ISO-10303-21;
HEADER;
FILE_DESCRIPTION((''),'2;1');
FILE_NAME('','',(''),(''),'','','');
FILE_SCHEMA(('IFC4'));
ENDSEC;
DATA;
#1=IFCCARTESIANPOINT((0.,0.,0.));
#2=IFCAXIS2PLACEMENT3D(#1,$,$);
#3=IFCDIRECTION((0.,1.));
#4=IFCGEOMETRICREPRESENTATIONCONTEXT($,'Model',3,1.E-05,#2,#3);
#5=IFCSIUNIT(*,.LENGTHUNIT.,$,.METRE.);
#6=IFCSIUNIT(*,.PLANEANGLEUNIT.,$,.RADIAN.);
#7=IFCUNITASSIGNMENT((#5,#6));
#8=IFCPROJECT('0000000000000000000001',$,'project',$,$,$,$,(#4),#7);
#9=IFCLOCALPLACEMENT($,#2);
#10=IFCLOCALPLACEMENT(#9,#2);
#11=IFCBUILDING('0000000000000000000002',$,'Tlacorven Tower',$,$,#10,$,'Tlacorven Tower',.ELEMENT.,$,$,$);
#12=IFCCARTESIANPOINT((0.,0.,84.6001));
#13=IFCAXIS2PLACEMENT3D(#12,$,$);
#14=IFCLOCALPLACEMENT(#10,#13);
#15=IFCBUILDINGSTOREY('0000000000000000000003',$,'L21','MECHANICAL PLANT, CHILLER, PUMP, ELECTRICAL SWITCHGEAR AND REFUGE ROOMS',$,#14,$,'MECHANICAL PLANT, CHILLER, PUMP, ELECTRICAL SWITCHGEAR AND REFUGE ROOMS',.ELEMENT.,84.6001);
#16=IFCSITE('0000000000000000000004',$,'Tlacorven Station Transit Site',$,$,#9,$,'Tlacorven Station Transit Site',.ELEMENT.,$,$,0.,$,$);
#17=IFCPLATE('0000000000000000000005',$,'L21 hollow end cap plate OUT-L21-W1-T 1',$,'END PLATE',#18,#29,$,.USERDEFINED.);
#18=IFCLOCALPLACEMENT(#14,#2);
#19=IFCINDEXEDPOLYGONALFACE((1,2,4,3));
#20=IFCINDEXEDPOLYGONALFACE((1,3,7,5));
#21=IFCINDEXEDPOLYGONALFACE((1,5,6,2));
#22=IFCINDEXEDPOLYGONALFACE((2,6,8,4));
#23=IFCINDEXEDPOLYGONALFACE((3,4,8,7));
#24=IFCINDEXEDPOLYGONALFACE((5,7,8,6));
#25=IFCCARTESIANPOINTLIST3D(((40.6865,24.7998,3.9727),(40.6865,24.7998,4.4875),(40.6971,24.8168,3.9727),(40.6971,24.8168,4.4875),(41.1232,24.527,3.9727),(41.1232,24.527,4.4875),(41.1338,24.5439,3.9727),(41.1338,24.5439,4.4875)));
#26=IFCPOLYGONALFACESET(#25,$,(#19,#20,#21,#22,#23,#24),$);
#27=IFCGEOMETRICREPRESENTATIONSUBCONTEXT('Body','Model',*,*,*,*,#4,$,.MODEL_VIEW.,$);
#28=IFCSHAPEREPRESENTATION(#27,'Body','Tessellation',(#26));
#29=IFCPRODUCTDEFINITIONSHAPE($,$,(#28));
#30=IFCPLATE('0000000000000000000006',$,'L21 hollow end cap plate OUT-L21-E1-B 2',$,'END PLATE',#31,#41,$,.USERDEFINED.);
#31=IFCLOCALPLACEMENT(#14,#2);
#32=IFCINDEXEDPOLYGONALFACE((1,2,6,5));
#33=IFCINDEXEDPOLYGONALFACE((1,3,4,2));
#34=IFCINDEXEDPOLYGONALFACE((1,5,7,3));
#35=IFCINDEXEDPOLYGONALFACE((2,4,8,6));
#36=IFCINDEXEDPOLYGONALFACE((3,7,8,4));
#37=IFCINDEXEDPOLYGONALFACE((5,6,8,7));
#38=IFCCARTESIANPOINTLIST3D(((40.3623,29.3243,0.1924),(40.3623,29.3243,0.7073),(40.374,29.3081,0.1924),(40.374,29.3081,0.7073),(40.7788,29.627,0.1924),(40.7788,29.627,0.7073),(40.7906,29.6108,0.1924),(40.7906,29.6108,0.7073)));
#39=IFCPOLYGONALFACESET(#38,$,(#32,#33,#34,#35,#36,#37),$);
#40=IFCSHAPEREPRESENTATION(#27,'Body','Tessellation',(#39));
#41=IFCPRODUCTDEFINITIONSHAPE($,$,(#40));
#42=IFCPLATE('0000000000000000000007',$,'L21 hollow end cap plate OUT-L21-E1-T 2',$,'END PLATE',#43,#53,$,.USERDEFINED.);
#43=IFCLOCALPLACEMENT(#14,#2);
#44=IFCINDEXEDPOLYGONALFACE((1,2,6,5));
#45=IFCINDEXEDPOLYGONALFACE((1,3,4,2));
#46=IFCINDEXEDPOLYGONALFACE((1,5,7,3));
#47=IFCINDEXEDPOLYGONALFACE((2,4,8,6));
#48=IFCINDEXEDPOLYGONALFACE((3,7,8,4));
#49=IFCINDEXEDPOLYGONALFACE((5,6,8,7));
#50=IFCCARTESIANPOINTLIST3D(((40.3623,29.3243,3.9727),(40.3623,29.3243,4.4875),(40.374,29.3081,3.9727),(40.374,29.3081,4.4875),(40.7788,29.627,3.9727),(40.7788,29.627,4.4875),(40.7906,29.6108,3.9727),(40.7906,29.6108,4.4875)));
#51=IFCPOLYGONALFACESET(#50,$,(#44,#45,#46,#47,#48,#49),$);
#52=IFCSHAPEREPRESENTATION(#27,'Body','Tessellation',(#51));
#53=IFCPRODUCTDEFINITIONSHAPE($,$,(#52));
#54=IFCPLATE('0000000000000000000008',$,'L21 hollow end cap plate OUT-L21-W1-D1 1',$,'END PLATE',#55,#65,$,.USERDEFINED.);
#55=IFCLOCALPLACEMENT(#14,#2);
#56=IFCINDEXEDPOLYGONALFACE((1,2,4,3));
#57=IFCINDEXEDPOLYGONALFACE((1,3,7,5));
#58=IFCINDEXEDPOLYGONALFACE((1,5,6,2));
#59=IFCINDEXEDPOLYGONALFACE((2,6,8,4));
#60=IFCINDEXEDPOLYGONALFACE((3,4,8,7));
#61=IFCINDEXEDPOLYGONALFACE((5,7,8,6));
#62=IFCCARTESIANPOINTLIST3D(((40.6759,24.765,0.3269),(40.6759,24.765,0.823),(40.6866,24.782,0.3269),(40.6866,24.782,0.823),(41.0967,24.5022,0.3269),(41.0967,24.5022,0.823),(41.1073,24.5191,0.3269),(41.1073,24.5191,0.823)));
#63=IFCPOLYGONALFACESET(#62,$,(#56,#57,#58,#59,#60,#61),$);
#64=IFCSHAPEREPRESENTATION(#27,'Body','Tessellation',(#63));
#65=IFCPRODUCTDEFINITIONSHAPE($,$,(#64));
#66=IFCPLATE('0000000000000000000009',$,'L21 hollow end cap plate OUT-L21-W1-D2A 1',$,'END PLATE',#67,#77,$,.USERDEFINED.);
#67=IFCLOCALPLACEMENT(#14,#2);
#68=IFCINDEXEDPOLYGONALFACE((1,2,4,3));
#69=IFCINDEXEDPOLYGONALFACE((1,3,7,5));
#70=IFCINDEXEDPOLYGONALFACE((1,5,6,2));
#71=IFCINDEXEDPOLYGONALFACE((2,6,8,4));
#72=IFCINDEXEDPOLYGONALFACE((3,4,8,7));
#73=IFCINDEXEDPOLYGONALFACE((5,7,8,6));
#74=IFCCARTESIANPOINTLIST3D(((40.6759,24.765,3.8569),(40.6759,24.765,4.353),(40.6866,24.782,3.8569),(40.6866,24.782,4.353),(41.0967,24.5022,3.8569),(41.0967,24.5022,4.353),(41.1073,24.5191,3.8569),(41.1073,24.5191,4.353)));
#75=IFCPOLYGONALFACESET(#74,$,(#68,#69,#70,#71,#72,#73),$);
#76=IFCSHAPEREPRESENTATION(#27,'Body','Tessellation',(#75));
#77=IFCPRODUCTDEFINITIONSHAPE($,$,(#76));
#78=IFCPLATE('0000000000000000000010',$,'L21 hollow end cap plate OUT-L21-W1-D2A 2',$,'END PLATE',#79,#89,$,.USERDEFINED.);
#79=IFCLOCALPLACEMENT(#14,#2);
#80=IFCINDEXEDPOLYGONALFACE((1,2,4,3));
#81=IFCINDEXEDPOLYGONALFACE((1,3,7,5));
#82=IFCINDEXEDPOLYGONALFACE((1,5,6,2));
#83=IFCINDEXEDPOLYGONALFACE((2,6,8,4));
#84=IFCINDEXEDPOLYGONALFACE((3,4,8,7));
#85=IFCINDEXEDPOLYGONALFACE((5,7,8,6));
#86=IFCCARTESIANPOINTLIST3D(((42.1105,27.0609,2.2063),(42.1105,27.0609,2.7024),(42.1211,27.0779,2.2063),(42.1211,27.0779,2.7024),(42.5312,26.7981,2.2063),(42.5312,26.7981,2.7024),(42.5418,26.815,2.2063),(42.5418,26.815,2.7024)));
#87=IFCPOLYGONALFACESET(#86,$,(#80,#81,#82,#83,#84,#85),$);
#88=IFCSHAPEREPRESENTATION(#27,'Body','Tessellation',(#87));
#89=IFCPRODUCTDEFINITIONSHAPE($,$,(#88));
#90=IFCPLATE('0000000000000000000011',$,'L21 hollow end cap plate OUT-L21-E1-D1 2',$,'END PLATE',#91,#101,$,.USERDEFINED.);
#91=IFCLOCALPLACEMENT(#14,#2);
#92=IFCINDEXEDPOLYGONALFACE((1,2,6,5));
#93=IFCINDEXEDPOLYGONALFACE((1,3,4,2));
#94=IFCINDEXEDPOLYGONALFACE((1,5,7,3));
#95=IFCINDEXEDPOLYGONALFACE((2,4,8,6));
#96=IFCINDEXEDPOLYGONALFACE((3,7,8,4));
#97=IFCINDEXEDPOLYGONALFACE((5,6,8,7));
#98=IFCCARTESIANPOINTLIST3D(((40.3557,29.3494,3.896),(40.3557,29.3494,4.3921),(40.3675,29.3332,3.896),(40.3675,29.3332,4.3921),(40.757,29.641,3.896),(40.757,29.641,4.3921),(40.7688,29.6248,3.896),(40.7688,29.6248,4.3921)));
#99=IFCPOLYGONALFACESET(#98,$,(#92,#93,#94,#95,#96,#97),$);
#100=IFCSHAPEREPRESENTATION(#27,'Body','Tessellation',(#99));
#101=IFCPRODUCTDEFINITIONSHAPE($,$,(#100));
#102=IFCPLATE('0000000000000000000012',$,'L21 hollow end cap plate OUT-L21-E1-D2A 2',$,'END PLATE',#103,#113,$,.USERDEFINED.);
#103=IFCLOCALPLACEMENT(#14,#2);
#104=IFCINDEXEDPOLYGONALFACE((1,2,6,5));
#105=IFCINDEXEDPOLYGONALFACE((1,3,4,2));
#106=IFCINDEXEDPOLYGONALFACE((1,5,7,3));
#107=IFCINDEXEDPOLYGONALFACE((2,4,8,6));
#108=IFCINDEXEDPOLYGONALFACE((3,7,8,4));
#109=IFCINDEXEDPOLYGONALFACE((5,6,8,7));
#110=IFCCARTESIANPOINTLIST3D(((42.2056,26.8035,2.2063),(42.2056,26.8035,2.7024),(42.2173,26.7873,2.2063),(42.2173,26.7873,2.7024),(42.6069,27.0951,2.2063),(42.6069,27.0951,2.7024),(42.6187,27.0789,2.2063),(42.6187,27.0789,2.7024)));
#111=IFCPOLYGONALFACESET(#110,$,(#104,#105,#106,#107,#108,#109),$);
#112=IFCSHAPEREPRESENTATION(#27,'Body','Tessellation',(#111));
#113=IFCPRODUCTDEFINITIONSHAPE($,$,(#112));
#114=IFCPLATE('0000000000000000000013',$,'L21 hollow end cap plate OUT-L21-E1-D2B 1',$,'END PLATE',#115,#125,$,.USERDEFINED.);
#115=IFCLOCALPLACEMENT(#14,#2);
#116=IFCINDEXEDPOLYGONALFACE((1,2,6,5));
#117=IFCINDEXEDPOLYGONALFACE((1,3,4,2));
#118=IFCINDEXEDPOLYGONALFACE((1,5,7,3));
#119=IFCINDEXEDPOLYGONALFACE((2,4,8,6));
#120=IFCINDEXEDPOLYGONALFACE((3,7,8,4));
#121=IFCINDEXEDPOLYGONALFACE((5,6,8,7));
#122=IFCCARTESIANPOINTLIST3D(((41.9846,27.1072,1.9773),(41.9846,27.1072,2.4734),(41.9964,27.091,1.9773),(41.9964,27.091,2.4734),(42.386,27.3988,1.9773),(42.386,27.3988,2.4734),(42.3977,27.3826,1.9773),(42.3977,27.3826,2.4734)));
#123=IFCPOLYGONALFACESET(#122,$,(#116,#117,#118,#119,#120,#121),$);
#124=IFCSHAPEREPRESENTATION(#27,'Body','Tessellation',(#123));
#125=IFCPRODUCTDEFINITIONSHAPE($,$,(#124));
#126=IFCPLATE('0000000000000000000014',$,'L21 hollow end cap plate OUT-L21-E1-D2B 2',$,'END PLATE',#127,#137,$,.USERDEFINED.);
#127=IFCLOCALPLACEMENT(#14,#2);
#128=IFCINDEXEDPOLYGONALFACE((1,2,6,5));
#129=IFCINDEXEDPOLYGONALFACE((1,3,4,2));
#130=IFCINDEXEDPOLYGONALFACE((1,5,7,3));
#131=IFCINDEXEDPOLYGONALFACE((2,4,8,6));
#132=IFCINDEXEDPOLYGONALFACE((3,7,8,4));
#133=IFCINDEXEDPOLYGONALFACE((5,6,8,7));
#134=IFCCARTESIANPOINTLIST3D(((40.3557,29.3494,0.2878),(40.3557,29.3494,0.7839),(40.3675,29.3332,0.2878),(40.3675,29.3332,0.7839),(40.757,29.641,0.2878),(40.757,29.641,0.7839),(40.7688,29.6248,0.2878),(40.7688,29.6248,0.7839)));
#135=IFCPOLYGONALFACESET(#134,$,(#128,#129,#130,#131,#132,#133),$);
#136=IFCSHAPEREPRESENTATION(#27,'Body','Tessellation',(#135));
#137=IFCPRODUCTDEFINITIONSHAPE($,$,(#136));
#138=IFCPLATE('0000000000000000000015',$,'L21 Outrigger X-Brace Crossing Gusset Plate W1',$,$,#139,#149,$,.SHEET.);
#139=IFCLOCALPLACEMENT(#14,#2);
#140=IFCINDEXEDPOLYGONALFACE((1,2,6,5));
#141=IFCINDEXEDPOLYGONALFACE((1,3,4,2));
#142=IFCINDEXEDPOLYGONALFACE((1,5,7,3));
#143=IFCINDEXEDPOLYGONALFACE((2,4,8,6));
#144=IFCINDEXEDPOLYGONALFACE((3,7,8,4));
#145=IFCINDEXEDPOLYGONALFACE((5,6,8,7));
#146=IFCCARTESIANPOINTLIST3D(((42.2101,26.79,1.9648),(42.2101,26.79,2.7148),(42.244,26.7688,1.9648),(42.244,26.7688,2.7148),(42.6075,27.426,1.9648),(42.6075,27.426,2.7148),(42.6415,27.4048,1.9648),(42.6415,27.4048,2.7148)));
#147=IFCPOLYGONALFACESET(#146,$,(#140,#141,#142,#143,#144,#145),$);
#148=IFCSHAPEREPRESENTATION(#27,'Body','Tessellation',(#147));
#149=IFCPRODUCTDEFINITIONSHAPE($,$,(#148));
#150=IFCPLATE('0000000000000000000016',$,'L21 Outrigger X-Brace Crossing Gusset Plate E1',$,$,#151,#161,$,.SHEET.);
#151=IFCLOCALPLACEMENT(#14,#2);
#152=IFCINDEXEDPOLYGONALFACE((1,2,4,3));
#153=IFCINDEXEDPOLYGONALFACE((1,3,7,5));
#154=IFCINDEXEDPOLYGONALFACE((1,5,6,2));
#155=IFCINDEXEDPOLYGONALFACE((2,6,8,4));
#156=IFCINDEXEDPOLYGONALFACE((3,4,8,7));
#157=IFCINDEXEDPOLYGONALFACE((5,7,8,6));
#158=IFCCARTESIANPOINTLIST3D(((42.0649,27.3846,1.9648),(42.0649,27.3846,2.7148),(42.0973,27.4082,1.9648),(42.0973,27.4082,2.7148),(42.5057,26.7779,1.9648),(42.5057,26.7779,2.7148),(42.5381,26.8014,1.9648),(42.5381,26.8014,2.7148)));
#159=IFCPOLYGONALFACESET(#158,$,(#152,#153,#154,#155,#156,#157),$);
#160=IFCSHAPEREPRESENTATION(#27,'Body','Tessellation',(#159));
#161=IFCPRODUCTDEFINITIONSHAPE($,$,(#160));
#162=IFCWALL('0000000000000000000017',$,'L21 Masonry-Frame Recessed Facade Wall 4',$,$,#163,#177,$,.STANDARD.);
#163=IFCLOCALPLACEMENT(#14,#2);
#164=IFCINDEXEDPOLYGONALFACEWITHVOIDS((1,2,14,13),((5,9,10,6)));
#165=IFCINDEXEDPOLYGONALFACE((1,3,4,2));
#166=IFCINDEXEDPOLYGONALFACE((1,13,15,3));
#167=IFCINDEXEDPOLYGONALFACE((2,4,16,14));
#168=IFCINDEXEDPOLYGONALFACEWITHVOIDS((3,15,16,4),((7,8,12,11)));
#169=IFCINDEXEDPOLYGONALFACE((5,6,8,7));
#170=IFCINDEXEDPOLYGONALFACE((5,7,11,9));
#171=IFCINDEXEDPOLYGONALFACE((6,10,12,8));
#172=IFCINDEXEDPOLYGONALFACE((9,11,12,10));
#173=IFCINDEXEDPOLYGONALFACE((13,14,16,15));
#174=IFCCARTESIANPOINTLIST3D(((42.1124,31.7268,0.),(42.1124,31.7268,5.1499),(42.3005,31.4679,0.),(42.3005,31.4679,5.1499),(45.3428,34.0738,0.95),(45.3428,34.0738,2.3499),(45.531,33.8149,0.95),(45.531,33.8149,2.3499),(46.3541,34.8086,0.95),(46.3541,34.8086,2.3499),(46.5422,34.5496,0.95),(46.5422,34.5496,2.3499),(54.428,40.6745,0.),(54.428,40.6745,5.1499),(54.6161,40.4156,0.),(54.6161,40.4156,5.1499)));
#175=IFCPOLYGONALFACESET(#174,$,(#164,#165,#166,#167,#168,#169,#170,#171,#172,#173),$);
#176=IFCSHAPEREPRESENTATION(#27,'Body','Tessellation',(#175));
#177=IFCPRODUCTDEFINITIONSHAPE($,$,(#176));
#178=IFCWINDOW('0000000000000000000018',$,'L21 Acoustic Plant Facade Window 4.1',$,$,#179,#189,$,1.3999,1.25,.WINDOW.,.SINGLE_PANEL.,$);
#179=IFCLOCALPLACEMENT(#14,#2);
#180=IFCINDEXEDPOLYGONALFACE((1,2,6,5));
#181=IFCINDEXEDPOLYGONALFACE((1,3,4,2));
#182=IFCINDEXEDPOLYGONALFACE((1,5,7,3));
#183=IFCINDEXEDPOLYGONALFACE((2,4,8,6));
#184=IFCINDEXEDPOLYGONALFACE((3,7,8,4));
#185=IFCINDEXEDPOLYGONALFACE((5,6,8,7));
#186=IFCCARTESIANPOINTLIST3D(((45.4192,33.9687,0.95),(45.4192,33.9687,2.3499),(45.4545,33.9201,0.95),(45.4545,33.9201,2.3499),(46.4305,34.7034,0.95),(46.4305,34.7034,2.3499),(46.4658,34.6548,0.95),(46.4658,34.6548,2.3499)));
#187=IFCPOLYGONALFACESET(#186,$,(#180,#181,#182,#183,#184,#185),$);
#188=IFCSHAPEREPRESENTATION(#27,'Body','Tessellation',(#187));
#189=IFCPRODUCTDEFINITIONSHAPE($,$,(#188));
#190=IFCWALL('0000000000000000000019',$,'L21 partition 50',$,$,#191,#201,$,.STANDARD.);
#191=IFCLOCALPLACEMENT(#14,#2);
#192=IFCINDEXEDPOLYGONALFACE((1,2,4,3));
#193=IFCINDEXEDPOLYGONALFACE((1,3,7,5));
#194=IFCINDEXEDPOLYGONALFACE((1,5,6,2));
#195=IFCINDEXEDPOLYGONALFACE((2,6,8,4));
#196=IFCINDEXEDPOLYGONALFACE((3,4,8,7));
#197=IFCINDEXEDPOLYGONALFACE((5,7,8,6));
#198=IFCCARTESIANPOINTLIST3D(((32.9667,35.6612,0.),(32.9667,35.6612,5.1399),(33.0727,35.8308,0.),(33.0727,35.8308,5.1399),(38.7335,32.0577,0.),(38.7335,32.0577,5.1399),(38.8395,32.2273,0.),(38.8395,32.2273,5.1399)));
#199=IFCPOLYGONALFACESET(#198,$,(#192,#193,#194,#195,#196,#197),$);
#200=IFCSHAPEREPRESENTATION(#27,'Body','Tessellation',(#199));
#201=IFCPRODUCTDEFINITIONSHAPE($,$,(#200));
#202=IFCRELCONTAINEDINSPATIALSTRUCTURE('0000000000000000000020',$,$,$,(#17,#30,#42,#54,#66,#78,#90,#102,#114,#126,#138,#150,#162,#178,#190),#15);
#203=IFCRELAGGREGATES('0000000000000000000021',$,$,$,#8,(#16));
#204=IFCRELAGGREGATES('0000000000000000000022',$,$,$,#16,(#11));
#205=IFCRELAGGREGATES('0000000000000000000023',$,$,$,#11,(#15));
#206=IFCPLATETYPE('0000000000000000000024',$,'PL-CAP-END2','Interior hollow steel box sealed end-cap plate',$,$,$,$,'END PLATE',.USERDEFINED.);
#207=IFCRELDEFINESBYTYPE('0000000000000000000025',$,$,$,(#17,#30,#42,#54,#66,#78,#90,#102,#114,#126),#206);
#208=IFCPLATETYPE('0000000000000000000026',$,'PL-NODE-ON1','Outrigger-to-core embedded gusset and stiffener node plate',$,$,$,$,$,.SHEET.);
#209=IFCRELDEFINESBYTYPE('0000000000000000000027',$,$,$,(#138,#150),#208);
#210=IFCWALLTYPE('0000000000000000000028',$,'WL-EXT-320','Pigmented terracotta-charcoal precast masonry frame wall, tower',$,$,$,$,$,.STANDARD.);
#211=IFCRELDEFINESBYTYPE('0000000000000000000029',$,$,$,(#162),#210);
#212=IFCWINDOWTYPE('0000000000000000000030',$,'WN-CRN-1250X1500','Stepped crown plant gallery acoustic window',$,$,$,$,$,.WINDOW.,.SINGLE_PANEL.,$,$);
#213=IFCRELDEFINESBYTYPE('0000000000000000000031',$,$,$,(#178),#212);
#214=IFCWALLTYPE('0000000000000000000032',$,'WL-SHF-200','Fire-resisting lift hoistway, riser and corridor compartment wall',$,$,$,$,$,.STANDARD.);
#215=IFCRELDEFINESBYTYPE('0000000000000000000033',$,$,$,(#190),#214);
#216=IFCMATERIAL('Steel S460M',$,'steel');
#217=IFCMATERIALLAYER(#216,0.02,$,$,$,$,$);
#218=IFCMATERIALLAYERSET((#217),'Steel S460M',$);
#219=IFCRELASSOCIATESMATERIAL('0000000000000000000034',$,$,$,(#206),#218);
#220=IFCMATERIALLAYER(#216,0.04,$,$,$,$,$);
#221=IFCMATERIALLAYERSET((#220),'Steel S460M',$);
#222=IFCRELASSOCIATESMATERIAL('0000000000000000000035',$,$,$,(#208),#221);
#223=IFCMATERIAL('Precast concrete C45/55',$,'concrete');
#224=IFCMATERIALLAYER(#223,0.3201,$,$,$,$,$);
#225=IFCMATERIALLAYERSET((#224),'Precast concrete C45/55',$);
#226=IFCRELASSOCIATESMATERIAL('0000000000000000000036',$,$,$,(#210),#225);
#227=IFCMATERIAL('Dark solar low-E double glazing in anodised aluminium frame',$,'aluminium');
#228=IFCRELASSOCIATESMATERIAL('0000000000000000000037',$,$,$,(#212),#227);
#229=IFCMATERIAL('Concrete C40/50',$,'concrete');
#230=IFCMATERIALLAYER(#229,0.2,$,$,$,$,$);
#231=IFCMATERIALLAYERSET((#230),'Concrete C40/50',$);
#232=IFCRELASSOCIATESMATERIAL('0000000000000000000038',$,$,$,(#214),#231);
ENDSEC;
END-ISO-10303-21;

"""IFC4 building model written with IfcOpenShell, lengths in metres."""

from ifc_helpers import new_model, si_unit, direction, frame, frame_2d, origin, origin_2d, place, context, subcontext, project, spatial, rectangle, extrude, source, transform, mapped, material, layer, layer_set, type_object, element, fill, save


model = new_model("IFC4")

# Units and contexts
model_context = context("Model", 3, precision=1e-05, world=origin(), true_north=direction((0.0, 1.0)))
body_context = subcontext(model_context, "Body", "Model", "MODEL_VIEW")
ifc_project = project(units=[si_unit("LENGTHUNIT", "METRE"), si_unit("PLANEANGLEUNIT", "RADIAN")], contexts=[model_context])

# Site, building, storey
site_placement = place(None, origin())
site = spatial("IfcSite", under=ifc_project, at=site_placement, Name="Tlacorven Station Transit Site", LongName="Tlacorven Station Transit Site", CompositionType="ELEMENT", RefElevation=0.0)
building_placement = place(site_placement, origin())
building = spatial("IfcBuilding", under=site, at=building_placement, Name="Tlacorven Tower", LongName="Tlacorven Tower", CompositionType="ELEMENT")
storey_placement = place(building_placement, frame((0.0, 0.0, 84.6001)))
storey = spatial("IfcBuildingStorey", under=building, at=storey_placement, Name="L21", Description="MECHANICAL PLANT, CHILLER, PUMP, ELECTRICAL SWITCHGEAR AND REFUGE ROOMS", LongName="MECHANICAL PLANT, CHILLER, PUMP, ELECTRICAL SWITCHGEAR AND REFUGE ROOMS", CompositionType="ELEMENT", Elevation=84.6001)

# Shared definitions
ifc_material_1 = material(Name="Steel S460M", Category="steel")

# Plates
ifc_layer_1 = layer(ifc_material_1, 0.02)
ifc_layer_set_1 = layer_set([ifc_layer_1], Name="Steel S460M")
plate_type_1 = type_object("IfcPlateType", Name="PL-CAP-END2", Description="Interior hollow steel box sealed end-cap plate", ElementType="END PLATE", PredefinedType="USERDEFINED", material=ifc_layer_set_1)
shared_shape_1 = source(origin(), body_context, "Body", "SweptSolid", [
    extrude(rectangle(XDim=0.02, YDim=0.5149, at=origin_2d()), origin(), (0.0, 0.0, 1.0), 0.5149),
])
for number, where, z_axis, x_axis, name in (
    (1, (40.9102, 24.6719, 3.9727), (0.0, 0.0, 1.0), (0.529919, 0.848048, 0.0), "L21 hollow end cap plate OUT-L21-W1-T 1"),
    (2, (40.5764, 29.4675, 0.1924), (0.0, 0.0, 1.0), (-0.587785, 0.809017, 0.0), "L21 hollow end cap plate OUT-L21-E1-B 2"),
    (3, (40.5764, 29.4675, 3.9727), (0.0, 0.0, 1.0), (-0.587785, 0.809017, 0.0), "L21 hollow end cap plate OUT-L21-E1-T 2"),
):
    element("IfcPlate", number, at=place(storey_placement, frame(where, z_axis=z_axis, x_axis=x_axis)), inside=storey, type_object=plate_type_1, Name=name, ObjectType="END PLATE", PredefinedType="USERDEFINED", context=body_context, shape_type="MappedRepresentation", body=[
        mapped(shared_shape_1, transform((0.0, 0.0, 0.0), scale=1.0)),
    ])
shared_shape_2 = source(origin(), body_context, "Body", "SweptSolid", [
    extrude(rectangle(XDim=0.02, YDim=0.4961, at=origin_2d()), origin(), (0.0, 0.0, 1.0), 0.4961),
])
for number, where, z_axis, x_axis, name in (
    (4, (40.8916, 24.6421, 0.3269), (0.0, 0.0, 1.0), (0.529919, 0.848048, 0.0), "L21 hollow end cap plate OUT-L21-W1-D1 1"),
    (5, (40.8916, 24.6421, 3.8569), (0.0, 0.0, 1.0), (0.52992, 0.848048, 0.0), "L21 hollow end cap plate OUT-L21-W1-D2A 1"),
    (6, (42.3262, 26.938, 2.2063), (0.0, 0.0, 1.0), (0.52992, 0.848048, 0.0), "L21 hollow end cap plate OUT-L21-W1-D2A 2"),
    (7, (40.5623, 29.4871, 3.896), (0.0, 0.0, 1.0), (-0.587785, 0.809017, 0.0), "L21 hollow end cap plate OUT-L21-E1-D1 2"),
    (8, (42.4121, 26.9412, 2.2063), (0.0, 0.0, 1.0), (-0.587785, 0.809017, 0.0), "L21 hollow end cap plate OUT-L21-E1-D2A 2"),
    (9, (42.1912, 27.2449, 1.9773), (0.0, 0.0, 1.0), (-0.587785, 0.809017, 0.0), "L21 hollow end cap plate OUT-L21-E1-D2B 1"),
    (10, (40.5623, 29.4871, 0.2878), (0.0, 0.0, 1.0), (-0.587785, 0.809017, 0.0), "L21 hollow end cap plate OUT-L21-E1-D2B 2"),
):
    element("IfcPlate", number, at=place(storey_placement, frame(where, z_axis=z_axis, x_axis=x_axis)), inside=storey, type_object=plate_type_1, Name=name, ObjectType="END PLATE", PredefinedType="USERDEFINED", context=body_context, shape_type="MappedRepresentation", body=[
        mapped(shared_shape_2, transform((0.0, 0.0, 0.0), scale=1.0)),
    ])
ifc_layer_2 = layer(ifc_material_1, 0.04)
ifc_layer_set_2 = layer_set([ifc_layer_2], Name="Steel S460M")
plate_type_2 = type_object("IfcPlateType", Name="PL-NODE-ON1", Description="Outrigger-to-core embedded gusset and stiffener node plate", PredefinedType="SHEET", material=ifc_layer_set_2)
shared_shape_3 = source(origin(), body_context, "Body", "SweptSolid", [
    extrude(rectangle(XDim=0.75, YDim=0.04, at=origin_2d()), origin(), (0.0, 0.0, 1.0), 0.75),
])
for number, where, z_axis, x_axis, name in (
    (11, (42.4258, 27.0974, 1.9648), (0.0, 0.0, 1.0), (-0.529919, -0.848048, 0.0), "L21 Outrigger X-Brace Crossing Gusset Plate W1"),
    (12, (42.3015, 27.093, 1.9648), (0.0, 0.0, 1.0), (-0.587785, 0.809017, 0.0), "L21 Outrigger X-Brace Crossing Gusset Plate E1"),
):
    element("IfcPlate", number, at=place(storey_placement, frame(where, z_axis=z_axis, x_axis=x_axis)), inside=storey, type_object=plate_type_2, Name=name, PredefinedType="SHEET", context=body_context, shape_type="MappedRepresentation", body=[
        mapped(shared_shape_3, transform((0.0, 0.0, 0.0), scale=1.0)),
    ])

# Wall, opening, window
ifc_material_2 = material(Name="Precast concrete C45/55", Category="concrete")
ifc_layer_3 = layer(ifc_material_2, 0.3201)
ifc_layer_set_3 = layer_set([ifc_layer_3], Name="Precast concrete C45/55")
wall_type_1 = type_object("IfcWallType", Name="WL-EXT-320", Description="Pigmented terracotta-charcoal precast masonry frame wall, tower", PredefinedType="STANDARD", material=ifc_layer_set_3)
wall_1_placement = place(storey_placement, frame((42.2065, 31.5974, 0.0), z_axis=(0.0, 0.0, 1.0), x_axis=(0.80902, 0.587781, 0.0)))
wall_1 = element("IfcWall", 13, at=wall_1_placement, inside=storey, type_object=wall_type_1, Name="L21 Masonry-Frame Recessed Facade Wall 4", PredefinedType="STANDARD", context=body_context, shape_type="SweptSolid", body=[
    extrude(rectangle(XDim=15.2229, YDim=0.3201, at=frame_2d((7.6113, 0.0))), origin(), (0.0, 0.0, 1.0), 5.1499),
])
opening_placement = place(wall_1_placement, frame((3.9929, 0.0, 0.95)))
opening = element("IfcOpeningElement", 14, at=opening_placement, cuts=wall_1, PredefinedType="OPENING", context=body_context, shape_type="SweptSolid", body=[
    extrude(rectangle(XDim=1.25, YDim=1.3999, at=frame_2d((0.625, 0.7))), frame((0.0, 0.1699, 0.0), z_axis=(0.0, -1.0, 0.0), x_axis=(1.0, 0.0, 0.0)), (0.0, 0.0, 1.0), 0.3401),
])
ifc_material_3 = material(Name="Dark solar low-E double glazing in anodised aluminium frame", Category="aluminium")
window_type = type_object("IfcWindowType", Name="WN-CRN-1250X1500", Description="Stepped crown plant gallery acoustic window", PartitioningType="SINGLE_PANEL", PredefinedType="WINDOW", material=ifc_material_3)
shared_shape_4 = source(origin(), body_context, "Body", "SweptSolid", [
    extrude(rectangle(XDim=1.25, YDim=1.3999, at=frame_2d((0.625, 0.7))), frame((0.0, 0.03, 0.0), z_axis=(0.0, -1.0, 0.0), x_axis=(1.0, 0.0, 0.0)), (0.0, 0.0, 1.0), 0.0601),
])
window_placement = place(opening_placement, origin())
window = element("IfcWindow", 15, at=window_placement, inside=storey, type_object=window_type, Name="L21 Acoustic Plant Facade Window 4.1", OverallHeight=1.3999, OverallWidth=1.25, PartitioningType="SINGLE_PANEL", PredefinedType="WINDOW", context=body_context, shape_type="MappedRepresentation", body=[
    mapped(shared_shape_4, transform((0.0, 0.0, 0.0), scale=1.0)),
])
fill(opening, window)

# Wall
ifc_material_4 = material(Name="Concrete C40/50", Category="concrete")
ifc_layer_4 = layer(ifc_material_4, 0.2)
ifc_layer_set_4 = layer_set([ifc_layer_4], Name="Concrete C40/50")
wall_type_2 = type_object("IfcWallType", Name="WL-SHF-200", Description="Fire-resisting lift hoistway, riser and corridor compartment wall", PredefinedType="STANDARD", material=ifc_layer_set_4)
wall_2_placement = place(storey_placement, frame((38.7864, 32.1426, 0.0), z_axis=(0.0, 0.0, 1.0), x_axis=(-0.848049, 0.529918, 0.0)))
element("IfcWall", 16, at=wall_2_placement, inside=storey, type_object=wall_type_2, Name="L21 partition 50", PredefinedType="STANDARD", context=body_context, shape_type="SweptSolid", body=[
    extrude(rectangle(XDim=6.8, YDim=0.2, at=frame_2d((3.3999, 0.0))), origin(), (0.0, 0.0, 1.0), 5.1399),
])

save(model, "model.ifc")
